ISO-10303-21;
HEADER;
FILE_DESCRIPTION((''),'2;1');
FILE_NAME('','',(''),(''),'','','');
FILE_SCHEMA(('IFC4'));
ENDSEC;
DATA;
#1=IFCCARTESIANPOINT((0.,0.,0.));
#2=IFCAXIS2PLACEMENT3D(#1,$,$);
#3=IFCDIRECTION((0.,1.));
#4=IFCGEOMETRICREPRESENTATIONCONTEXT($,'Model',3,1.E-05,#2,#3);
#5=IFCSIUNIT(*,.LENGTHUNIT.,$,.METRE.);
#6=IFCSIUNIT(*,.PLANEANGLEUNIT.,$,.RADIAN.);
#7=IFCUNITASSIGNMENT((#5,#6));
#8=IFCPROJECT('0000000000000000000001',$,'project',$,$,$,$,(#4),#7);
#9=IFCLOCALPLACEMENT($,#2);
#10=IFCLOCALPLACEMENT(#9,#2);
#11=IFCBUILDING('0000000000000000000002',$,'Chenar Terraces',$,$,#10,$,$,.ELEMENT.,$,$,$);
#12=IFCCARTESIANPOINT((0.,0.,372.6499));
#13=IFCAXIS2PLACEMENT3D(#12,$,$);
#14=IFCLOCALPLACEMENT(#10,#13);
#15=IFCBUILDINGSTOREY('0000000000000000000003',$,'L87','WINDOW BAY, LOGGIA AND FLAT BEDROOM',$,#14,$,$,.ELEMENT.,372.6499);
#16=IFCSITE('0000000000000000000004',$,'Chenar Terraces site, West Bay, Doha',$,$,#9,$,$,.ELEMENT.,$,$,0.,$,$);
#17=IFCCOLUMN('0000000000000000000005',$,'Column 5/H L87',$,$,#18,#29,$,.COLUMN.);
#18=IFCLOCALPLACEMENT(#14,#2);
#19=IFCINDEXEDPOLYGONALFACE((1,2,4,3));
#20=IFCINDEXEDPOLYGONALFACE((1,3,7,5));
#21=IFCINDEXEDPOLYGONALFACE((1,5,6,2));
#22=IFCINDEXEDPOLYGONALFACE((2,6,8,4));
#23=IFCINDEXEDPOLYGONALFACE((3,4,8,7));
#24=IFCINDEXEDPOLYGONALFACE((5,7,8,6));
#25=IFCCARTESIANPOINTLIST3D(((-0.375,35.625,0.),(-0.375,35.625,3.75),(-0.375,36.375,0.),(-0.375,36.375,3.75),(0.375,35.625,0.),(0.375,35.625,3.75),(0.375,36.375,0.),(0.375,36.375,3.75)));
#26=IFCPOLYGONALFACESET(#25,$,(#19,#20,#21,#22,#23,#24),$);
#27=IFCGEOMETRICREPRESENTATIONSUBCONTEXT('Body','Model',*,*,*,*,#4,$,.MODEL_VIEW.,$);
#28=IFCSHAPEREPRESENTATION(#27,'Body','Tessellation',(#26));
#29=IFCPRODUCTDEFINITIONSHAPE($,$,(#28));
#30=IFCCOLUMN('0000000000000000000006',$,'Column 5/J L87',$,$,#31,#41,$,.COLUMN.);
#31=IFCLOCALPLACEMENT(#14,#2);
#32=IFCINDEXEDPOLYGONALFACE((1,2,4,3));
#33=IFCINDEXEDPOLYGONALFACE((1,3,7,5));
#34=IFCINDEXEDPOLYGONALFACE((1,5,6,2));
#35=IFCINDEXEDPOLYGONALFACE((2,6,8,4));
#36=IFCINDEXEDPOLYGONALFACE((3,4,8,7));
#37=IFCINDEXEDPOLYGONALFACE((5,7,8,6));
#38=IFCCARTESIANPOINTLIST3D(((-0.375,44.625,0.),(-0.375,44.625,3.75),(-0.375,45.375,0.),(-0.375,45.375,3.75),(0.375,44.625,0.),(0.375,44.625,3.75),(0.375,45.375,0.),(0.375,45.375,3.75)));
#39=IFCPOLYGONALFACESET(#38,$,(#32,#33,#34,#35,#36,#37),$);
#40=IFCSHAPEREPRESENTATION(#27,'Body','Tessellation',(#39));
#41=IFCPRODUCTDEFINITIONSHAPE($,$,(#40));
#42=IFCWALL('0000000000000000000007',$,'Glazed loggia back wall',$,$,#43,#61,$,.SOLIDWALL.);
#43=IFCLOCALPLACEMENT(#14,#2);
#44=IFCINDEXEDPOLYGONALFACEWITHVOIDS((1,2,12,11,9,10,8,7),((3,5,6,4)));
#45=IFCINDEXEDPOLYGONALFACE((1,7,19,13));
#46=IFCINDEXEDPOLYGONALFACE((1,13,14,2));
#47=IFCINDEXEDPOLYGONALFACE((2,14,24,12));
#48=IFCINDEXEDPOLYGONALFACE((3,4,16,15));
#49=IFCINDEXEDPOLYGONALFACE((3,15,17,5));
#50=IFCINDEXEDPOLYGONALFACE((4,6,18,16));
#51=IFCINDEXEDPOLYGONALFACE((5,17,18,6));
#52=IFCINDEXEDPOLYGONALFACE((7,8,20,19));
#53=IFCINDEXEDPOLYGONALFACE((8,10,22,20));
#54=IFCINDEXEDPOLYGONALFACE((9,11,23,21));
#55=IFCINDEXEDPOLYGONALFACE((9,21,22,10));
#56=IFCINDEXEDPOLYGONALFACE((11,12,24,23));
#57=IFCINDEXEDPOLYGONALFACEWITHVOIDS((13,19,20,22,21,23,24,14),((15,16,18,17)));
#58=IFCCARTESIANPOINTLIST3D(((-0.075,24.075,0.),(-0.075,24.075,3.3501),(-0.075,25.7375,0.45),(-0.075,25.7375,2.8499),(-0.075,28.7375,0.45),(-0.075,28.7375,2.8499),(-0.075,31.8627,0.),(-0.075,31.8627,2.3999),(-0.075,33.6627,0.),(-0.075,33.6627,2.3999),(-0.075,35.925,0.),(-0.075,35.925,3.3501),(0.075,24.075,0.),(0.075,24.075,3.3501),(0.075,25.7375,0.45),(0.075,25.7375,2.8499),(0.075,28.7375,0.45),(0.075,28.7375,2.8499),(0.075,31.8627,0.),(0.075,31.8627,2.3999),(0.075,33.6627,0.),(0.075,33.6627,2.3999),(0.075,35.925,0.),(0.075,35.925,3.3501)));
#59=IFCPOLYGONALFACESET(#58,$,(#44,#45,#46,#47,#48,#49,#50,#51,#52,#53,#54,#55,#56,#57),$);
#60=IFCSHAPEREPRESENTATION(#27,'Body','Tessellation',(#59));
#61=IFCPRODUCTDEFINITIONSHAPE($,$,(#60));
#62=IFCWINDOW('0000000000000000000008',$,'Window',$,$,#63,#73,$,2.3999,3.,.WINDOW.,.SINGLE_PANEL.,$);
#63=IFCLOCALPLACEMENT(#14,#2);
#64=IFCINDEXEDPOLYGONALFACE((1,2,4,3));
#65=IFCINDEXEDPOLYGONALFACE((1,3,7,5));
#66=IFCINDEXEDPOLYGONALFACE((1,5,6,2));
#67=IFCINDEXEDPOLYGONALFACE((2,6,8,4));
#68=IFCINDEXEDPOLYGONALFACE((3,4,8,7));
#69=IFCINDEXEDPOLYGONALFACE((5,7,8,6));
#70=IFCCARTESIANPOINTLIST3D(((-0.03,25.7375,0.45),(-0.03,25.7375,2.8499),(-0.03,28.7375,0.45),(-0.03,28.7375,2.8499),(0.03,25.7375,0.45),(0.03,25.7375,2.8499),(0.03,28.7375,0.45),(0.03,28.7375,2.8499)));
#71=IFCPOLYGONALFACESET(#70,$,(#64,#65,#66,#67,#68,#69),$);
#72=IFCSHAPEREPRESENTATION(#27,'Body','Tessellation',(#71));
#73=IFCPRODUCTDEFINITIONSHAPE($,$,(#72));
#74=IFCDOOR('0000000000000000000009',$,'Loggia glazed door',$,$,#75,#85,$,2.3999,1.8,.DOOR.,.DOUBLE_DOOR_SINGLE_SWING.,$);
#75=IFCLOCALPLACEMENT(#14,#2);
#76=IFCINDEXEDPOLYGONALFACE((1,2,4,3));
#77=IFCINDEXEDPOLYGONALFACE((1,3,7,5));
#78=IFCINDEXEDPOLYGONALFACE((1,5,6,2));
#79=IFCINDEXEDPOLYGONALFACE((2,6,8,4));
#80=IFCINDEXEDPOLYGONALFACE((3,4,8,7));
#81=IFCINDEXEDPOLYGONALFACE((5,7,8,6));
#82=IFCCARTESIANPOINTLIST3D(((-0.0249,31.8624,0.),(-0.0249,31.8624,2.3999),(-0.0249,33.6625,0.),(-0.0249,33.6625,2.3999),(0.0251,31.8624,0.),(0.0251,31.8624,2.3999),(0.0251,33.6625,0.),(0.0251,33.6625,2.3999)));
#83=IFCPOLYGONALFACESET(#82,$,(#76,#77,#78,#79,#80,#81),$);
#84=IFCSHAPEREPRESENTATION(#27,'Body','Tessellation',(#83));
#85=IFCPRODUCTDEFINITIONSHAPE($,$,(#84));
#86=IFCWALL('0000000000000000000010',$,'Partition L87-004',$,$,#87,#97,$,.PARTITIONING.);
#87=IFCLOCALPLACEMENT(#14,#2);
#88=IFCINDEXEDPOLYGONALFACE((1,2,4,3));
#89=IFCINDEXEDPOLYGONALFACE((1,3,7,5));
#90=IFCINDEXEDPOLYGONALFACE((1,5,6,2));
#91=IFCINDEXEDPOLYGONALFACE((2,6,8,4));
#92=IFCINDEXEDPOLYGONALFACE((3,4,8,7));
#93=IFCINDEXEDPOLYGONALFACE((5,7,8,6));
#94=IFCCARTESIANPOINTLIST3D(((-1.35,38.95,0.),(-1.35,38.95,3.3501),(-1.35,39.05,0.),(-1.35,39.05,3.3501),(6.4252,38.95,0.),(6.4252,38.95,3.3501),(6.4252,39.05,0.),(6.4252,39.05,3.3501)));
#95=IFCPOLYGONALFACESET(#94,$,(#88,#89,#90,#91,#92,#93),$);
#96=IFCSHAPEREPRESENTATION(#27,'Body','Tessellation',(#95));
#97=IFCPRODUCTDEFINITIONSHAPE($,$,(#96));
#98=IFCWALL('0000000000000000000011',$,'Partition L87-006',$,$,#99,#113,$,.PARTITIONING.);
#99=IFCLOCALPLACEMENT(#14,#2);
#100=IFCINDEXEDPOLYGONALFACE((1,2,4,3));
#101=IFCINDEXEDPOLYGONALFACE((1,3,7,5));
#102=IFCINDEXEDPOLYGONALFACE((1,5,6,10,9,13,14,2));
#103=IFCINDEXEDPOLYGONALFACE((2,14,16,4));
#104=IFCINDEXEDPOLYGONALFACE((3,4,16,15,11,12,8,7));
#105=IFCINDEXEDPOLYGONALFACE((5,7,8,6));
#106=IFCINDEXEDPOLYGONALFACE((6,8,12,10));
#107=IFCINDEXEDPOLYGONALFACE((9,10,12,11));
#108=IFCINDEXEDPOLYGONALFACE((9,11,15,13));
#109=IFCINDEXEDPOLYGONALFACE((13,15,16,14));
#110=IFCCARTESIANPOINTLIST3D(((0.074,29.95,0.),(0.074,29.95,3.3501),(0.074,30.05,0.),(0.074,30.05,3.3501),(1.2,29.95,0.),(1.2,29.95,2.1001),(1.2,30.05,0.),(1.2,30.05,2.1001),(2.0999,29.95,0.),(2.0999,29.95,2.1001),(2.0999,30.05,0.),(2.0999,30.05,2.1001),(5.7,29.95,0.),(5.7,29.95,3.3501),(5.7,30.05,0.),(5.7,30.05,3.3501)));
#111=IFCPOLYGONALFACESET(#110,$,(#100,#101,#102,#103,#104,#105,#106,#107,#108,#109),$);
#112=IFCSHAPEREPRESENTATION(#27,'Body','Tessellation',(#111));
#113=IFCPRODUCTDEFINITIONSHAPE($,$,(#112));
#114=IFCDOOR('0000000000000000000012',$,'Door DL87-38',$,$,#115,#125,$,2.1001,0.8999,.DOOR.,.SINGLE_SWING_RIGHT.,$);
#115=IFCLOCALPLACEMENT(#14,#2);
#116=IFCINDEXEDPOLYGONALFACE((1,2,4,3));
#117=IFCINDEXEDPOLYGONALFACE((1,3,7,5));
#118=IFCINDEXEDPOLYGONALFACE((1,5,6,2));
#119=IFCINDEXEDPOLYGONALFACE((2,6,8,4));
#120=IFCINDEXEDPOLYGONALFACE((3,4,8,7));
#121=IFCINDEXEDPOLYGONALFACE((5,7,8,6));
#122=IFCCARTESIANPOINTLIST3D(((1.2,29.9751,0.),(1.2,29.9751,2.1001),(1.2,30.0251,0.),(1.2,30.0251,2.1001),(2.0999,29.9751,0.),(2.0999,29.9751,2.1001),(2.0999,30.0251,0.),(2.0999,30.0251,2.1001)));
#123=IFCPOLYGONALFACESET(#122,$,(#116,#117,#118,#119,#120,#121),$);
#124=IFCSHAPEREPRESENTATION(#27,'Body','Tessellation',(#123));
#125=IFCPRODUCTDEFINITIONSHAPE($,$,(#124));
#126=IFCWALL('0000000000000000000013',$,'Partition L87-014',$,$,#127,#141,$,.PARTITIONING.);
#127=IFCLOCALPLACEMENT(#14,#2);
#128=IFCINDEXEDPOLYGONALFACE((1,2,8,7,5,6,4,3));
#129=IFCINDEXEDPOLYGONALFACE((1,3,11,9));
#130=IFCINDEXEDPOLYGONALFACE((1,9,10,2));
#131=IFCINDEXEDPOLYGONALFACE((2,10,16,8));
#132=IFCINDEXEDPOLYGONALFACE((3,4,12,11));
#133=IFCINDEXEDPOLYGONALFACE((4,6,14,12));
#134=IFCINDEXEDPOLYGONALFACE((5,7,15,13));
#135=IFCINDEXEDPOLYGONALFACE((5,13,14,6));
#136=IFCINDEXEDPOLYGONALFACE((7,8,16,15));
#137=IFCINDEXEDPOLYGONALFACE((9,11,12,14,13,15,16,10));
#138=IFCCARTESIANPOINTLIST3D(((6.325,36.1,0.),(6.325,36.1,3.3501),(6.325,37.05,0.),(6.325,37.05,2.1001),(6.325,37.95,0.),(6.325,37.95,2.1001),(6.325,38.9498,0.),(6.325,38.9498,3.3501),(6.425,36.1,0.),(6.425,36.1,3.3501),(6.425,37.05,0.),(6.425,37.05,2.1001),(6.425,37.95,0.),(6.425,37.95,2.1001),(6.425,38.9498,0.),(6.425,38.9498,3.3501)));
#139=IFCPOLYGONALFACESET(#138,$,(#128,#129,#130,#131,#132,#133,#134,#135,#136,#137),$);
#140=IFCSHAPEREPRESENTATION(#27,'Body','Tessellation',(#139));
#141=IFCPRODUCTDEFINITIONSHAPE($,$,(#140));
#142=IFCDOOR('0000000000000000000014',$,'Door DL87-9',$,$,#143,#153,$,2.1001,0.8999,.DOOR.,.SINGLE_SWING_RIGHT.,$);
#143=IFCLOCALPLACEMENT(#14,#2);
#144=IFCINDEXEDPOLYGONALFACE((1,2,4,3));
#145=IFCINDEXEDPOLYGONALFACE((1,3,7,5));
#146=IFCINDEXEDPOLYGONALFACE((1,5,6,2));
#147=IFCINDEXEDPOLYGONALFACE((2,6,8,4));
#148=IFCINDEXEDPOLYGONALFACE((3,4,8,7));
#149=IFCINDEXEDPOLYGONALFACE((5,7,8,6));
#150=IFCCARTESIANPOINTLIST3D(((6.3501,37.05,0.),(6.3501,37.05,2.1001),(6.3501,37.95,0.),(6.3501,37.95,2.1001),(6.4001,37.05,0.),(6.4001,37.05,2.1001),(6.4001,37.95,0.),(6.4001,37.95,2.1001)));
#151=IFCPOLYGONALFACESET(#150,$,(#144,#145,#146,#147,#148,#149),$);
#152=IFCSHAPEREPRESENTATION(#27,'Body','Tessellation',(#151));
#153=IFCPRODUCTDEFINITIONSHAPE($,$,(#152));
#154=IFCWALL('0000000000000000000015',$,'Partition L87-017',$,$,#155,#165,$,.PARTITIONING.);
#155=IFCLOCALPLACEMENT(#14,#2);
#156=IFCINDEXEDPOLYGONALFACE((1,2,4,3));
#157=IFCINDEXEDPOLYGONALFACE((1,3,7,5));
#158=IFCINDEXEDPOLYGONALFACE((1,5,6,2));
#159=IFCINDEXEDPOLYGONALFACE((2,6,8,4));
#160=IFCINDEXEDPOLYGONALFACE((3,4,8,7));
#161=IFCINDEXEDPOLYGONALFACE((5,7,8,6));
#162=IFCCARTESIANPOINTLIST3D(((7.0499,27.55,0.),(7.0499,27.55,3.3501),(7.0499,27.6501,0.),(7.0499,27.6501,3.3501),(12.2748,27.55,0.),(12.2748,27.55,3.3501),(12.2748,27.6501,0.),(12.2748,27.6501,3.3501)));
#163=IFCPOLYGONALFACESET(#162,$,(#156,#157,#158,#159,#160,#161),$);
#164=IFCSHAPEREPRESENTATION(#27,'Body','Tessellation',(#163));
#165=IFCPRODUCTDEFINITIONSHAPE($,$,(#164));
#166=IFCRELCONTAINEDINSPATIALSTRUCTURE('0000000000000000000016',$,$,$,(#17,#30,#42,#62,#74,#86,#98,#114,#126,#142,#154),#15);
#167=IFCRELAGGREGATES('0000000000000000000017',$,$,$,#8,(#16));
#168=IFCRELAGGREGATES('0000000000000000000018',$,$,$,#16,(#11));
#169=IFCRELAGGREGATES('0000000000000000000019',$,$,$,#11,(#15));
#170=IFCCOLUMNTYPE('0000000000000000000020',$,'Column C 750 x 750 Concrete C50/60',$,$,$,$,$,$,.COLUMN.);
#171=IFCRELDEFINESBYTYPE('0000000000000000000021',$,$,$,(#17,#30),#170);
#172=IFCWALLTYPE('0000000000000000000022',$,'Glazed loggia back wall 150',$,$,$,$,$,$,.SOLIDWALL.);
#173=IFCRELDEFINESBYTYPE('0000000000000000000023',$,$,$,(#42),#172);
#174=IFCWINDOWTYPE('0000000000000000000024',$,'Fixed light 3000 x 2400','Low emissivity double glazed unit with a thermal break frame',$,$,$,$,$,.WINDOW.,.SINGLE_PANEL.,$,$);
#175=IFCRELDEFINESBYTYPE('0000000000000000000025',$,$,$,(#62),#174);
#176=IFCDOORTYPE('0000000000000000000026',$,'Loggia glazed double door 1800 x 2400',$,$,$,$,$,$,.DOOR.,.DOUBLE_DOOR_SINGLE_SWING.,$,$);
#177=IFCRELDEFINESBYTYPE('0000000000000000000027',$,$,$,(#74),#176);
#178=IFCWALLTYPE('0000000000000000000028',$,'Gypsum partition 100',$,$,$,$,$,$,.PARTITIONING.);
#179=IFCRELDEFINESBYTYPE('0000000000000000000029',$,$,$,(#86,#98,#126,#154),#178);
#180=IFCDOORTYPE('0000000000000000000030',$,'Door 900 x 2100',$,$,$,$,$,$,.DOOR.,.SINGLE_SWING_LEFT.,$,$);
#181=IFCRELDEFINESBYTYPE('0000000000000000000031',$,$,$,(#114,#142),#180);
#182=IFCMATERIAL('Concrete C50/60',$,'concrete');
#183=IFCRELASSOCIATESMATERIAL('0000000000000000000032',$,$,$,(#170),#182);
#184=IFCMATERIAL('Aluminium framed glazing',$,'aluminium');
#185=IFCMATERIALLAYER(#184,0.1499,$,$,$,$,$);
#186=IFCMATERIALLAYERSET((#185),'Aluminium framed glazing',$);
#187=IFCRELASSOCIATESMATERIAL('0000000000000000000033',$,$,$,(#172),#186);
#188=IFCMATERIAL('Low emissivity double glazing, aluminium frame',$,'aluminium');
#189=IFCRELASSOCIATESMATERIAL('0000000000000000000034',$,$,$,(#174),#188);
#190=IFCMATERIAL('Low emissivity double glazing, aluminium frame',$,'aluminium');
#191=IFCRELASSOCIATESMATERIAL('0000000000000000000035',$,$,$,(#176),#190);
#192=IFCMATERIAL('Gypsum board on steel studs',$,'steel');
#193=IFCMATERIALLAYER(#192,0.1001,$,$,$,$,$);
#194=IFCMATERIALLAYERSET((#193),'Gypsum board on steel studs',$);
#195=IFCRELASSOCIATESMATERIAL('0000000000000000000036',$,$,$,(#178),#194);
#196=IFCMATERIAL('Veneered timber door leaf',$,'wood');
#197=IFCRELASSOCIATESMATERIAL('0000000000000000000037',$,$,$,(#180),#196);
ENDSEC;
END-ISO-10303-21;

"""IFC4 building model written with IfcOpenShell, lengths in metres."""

from ifc_helpers import new_model, si_unit, direction, frame, frame_2d, origin, origin_2d, place, context, subcontext, project, spatial, rectangle, extrude, material, layer, layer_set, material_profile, profile_set, type_object, element, fill, save


model = new_model("IFC4")

# Units and contexts
model_context = context("Model", 3, precision=1e-05, world=origin(), true_north=direction((0.0, 1.0)))
body_context = subcontext(model_context, "Body", "Model", "MODEL_VIEW")
ifc_project = project(units=[si_unit("LENGTHUNIT", "METRE"), si_unit("PLANEANGLEUNIT", "RADIAN")], contexts=[model_context])

# Site, building, storey
site_placement = place(None, origin())
site = spatial("IfcSite", under=ifc_project, at=site_placement, Name="Chenar Terraces site, West Bay, Doha", CompositionType="ELEMENT", RefElevation=0.0)
building_placement = place(site_placement, origin())
building = spatial("IfcBuilding", under=site, at=building_placement, Name="Chenar Terraces", CompositionType="ELEMENT")
storey_placement = place(building_placement, frame((0.0, 0.0, 372.6499)))
storey = spatial("IfcBuildingStorey", under=building, at=storey_placement, Name="L87", Description="WINDOW BAY, LOGGIA AND FLAT BEDROOM", CompositionType="ELEMENT", Elevation=372.6499)

# Columns
ifc_material_1 = material(Name="Concrete C50/60", Category="concrete")
ifc_material_profile = material_profile(ifc_material_1, rectangle(XDim=0.75, YDim=0.75, at=origin_2d()), Name="C 750 x 750")
ifc_profile_set = profile_set([ifc_material_profile], Name="Concrete C50/60")
column_type = type_object("IfcColumnType", Name="Column C 750 x 750 Concrete C50/60", PredefinedType="COLUMN", material=ifc_profile_set)
placement_1 = place(storey_placement, frame((0.0, 36.0, 0.0), z_axis=(0.0, 0.0, 1.0), x_axis=(1.0, 0.0, 0.0)))
element("IfcColumn", 1, at=placement_1, inside=storey, type_object=column_type, Name="Column 5/H L87", PredefinedType="COLUMN", context=body_context, shape_type="SweptSolid", body=[
    extrude(rectangle(XDim=0.75, YDim=0.75, at=origin_2d()), origin(), (0.0, 0.0, 1.0), 3.75),
])
placement_2 = place(storey_placement, frame((0.0, 45.0, 0.0), z_axis=(0.0, 0.0, 1.0), x_axis=(1.0, 0.0, 0.0)))
element("IfcColumn", 2, at=placement_2, inside=storey, type_object=column_type, Name="Column 5/J L87", PredefinedType="COLUMN", context=body_context, shape_type="SweptSolid", body=[
    extrude(rectangle(XDim=0.75, YDim=0.75, at=origin_2d()), origin(), (0.0, 0.0, 1.0), 3.75),
])

# Wall, openings, window, door
ifc_material_2 = material(Name="Aluminium framed glazing", Category="aluminium")
ifc_layer_1 = layer(ifc_material_2, 0.1499)
ifc_layer_set_1 = layer_set([ifc_layer_1], Name="Aluminium framed glazing")
wall_type_1 = type_object("IfcWallType", Name="Glazed loggia back wall 150", PredefinedType="SOLIDWALL", material=ifc_layer_set_1)
wall_1_placement = place(storey_placement, frame((0.0, 35.925, 0.0), z_axis=(0.0, 0.0, 1.0), x_axis=(0.0, -1.0, 0.0)))
wall_1 = element("IfcWall", 3, at=wall_1_placement, inside=storey, type_object=wall_type_1, Name="Glazed loggia back wall", PredefinedType="SOLIDWALL", context=body_context, shape_type="SweptSolid", body=[
    extrude(rectangle(XDim=11.8501, YDim=0.1499, at=frame_2d((5.925, 0.0))), origin(), (0.0, 0.0, 1.0), 3.3501),
])
opening_1_placement = place(wall_1_placement, frame((2.2625, 0.0, 0.0)))
opening_1 = element("IfcOpeningElement", 4, at=opening_1_placement, cuts=wall_1, PredefinedType="OPENING", context=body_context, shape_type="SweptSolid", body=[
    extrude(rectangle(XDim=1.8, YDim=2.3999, at=frame_2d((0.8999, 1.2))), frame((0.0, 0.085, 0.0), z_axis=(0.0, -1.0, 0.0), x_axis=(1.0, 0.0, 0.0)), (0.0, 0.0, 1.0), 0.1699),
])
opening_2_placement = place(wall_1_placement, frame((7.1875, 0.0, 0.45)))
opening_2 = element("IfcOpeningElement", 5, at=opening_2_placement, cuts=wall_1, PredefinedType="OPENING", context=body_context, shape_type="SweptSolid", body=[
    extrude(rectangle(XDim=3.0, YDim=2.3999, at=frame_2d((1.5, 1.2))), frame((0.0, 0.085, 0.0), z_axis=(0.0, -1.0, 0.0), x_axis=(1.0, 0.0, 0.0)), (0.0, 0.0, 1.0), 0.1699),
])
ifc_material_3 = material(Name="Low emissivity double glazing, aluminium frame", Category="aluminium")
window_type = type_object("IfcWindowType", Name="Fixed light 3000 x 2400", Description="Low emissivity double glazed unit with a thermal break frame", PartitioningType="SINGLE_PANEL", PredefinedType="WINDOW", material=ifc_material_3)
window_placement = place(opening_2_placement, origin())
window = element("IfcWindow", 6, at=window_placement, inside=storey, type_object=window_type, Name="Window", OverallHeight=2.3999, OverallWidth=3.0, PartitioningType="SINGLE_PANEL", PredefinedType="WINDOW", context=body_context, shape_type="SweptSolid", body=[
    extrude(rectangle(XDim=3.0, YDim=2.3999, at=frame_2d((1.5, 1.2))), frame((0.0, 0.03, 0.0), z_axis=(0.0, -1.0, 0.0), x_axis=(1.0, 0.0, 0.0)), (0.0, 0.0, 1.0), 0.0601),
])
fill(opening_2, window)
ifc_material_4 = material(Name="Low emissivity double glazing, aluminium frame", Category="aluminium")
door_type_1 = type_object("IfcDoorType", Name="Loggia glazed double door 1800 x 2400", OperationType="DOUBLE_DOOR_SINGLE_SWING", PredefinedType="DOOR", material=ifc_material_4)
door_1_placement = place(opening_1_placement, frame((1.8, 0.0, 0.0), z_axis=(0.0, 0.0, 1.0), x_axis=(-1.0, 0.0, 0.0)))
door_1 = element("IfcDoor", 7, at=door_1_placement, inside=storey, type_object=door_type_1, Name="Loggia glazed door", OperationType="DOUBLE_DOOR_SINGLE_SWING", OverallHeight=2.3999, OverallWidth=1.8, PredefinedType="DOOR", context=body_context, shape_type="SweptSolid", body=[
    extrude(rectangle(XDim=1.8, YDim=2.3999, at=frame_2d((0.8999, 1.2))), frame((0.0, 0.0249, 0.0), z_axis=(0.0, -1.0, 0.0), x_axis=(1.0, 0.0, 0.0)), (0.0, 0.0, 1.0), 0.05),
])
fill(opening_1, door_1)

# Wall
ifc_material_5 = material(Name="Gypsum board on steel studs", Category="steel")
ifc_layer_2 = layer(ifc_material_5, 0.1001)
ifc_layer_set_2 = layer_set([ifc_layer_2], Name="Gypsum board on steel studs")
wall_type_2 = type_object("IfcWallType", Name="Gypsum partition 100", PredefinedType="PARTITIONING", material=ifc_layer_set_2)
wall_2_placement = place(storey_placement, frame((-1.3501, 39.0, 0.0), z_axis=(0.0, 0.0, 1.0), x_axis=(1.0, 0.0, 0.0)))
element("IfcWall", 8, at=wall_2_placement, inside=storey, type_object=wall_type_2, Name="Partition L87-004", PredefinedType="PARTITIONING", context=body_context, shape_type="SweptSolid", body=[
    extrude(rectangle(XDim=7.7751, YDim=0.1001, at=frame_2d((3.8877, 0.0))), origin(), (0.0, 0.0, 1.0), 3.3501),
])

# Walls, openings, doors
wall_3_placement = place(storey_placement, frame((0.074, 30.0, 0.0), z_axis=(0.0, 0.0, 1.0), x_axis=(1.0, 0.0, 0.0)))
wall_3 = element("IfcWall", 9, at=wall_3_placement, inside=storey, type_object=wall_type_2, Name="Partition L87-006", PredefinedType="PARTITIONING", context=body_context, shape_type="SweptSolid", body=[
    extrude(rectangle(XDim=5.626, YDim=0.1001, at=frame_2d((2.813, 0.0))), origin(), (0.0, 0.0, 1.0), 3.3501),
])
opening_3_placement = place(wall_3_placement, frame((1.126, 0.0, 0.0)))
opening_3 = element("IfcOpeningElement", 10, at=opening_3_placement, cuts=wall_3, PredefinedType="OPENING", context=body_context, shape_type="SweptSolid", body=[
    extrude(rectangle(XDim=0.8999, YDim=2.1001, at=frame_2d((0.45, 1.05))), frame((0.0, 0.0601, 0.0), z_axis=(0.0, -1.0, 0.0), x_axis=(1.0, 0.0, 0.0)), (0.0, 0.0, 1.0), 0.1201),
])
ifc_material_6 = material(Name="Veneered timber door leaf", Category="wood")
door_type_2 = type_object("IfcDoorType", Name="Door 900 x 2100", OperationType="SINGLE_SWING_LEFT", PredefinedType="DOOR", material=ifc_material_6)
door_2_placement = place(opening_3_placement, frame((0.8999, 0.0, 0.0), z_axis=(0.0, 0.0, 1.0), x_axis=(-1.0, 0.0, 0.0)))
door_2 = element("IfcDoor", 11, at=door_2_placement, inside=storey, type_object=door_type_2, Name="Door DL87-38", OperationType="SINGLE_SWING_RIGHT", OverallHeight=2.1001, OverallWidth=0.8999, PredefinedType="DOOR", context=body_context, shape_type="SweptSolid", body=[
    extrude(rectangle(XDim=0.8999, YDim=2.1001, at=frame_2d((0.45, 1.05))), frame((0.0, 0.0249, 0.0), z_axis=(0.0, -1.0, 0.0), x_axis=(1.0, 0.0, 0.0)), (0.0, 0.0, 1.0), 0.05),
])
fill(opening_3, door_2)
wall_4_placement = place(storey_placement, frame((6.375, 36.1001, 0.0), z_axis=(0.0, 0.0, 1.0), x_axis=(0.0, 1.0, 0.0)))
wall_4 = element("IfcWall", 12, at=wall_4_placement, inside=storey, type_object=wall_type_2, Name="Partition L87-014", PredefinedType="PARTITIONING", context=body_context, shape_type="SweptSolid", body=[
    extrude(rectangle(XDim=2.8499, YDim=0.1001, at=frame_2d((1.4248, 0.0))), origin(), (0.0, 0.0, 1.0), 3.3501),
])
opening_4_placement = place(wall_4_placement, frame((0.95, 0.0, 0.0)))
opening_4 = element("IfcOpeningElement", 13, at=opening_4_placement, cuts=wall_4, PredefinedType="OPENING", context=body_context, shape_type="SweptSolid", body=[
    extrude(rectangle(XDim=0.8999, YDim=2.1001, at=frame_2d((0.45, 1.05))), frame((0.0, 0.0601, 0.0), z_axis=(0.0, -1.0, 0.0), x_axis=(1.0, 0.0, 0.0)), (0.0, 0.0, 1.0), 0.1201),
])
door_3_placement = place(opening_4_placement, origin())
door_3 = element("IfcDoor", 14, at=door_3_placement, inside=storey, type_object=door_type_2, Name="Door DL87-9", OperationType="SINGLE_SWING_RIGHT", OverallHeight=2.1001, OverallWidth=0.8999, PredefinedType="DOOR", context=body_context, shape_type="SweptSolid", body=[
    extrude(rectangle(XDim=0.8999, YDim=2.1001, at=frame_2d((0.45, 1.05))), frame((0.0, 0.0249, 0.0), z_axis=(0.0, -1.0, 0.0), x_axis=(1.0, 0.0, 0.0)), (0.0, 0.0, 1.0), 0.05),
])
fill(opening_4, door_3)

# Wall
wall_5_placement = place(storey_placement, frame((7.05, 27.6001, 0.0), z_axis=(0.0, 0.0, 1.0), x_axis=(1.0, 0.0, 0.0)))
element("IfcWall", 15, at=wall_5_placement, inside=storey, type_object=wall_type_2, Name="Partition L87-017", PredefinedType="PARTITIONING", context=body_context, shape_type="SweptSolid", body=[
    extrude(rectangle(XDim=5.2249, YDim=0.1001, at=frame_2d((2.6123, 0.0))), origin(), (0.0, 0.0, 1.0), 3.3501),
])

save(model, "model.ifc")
